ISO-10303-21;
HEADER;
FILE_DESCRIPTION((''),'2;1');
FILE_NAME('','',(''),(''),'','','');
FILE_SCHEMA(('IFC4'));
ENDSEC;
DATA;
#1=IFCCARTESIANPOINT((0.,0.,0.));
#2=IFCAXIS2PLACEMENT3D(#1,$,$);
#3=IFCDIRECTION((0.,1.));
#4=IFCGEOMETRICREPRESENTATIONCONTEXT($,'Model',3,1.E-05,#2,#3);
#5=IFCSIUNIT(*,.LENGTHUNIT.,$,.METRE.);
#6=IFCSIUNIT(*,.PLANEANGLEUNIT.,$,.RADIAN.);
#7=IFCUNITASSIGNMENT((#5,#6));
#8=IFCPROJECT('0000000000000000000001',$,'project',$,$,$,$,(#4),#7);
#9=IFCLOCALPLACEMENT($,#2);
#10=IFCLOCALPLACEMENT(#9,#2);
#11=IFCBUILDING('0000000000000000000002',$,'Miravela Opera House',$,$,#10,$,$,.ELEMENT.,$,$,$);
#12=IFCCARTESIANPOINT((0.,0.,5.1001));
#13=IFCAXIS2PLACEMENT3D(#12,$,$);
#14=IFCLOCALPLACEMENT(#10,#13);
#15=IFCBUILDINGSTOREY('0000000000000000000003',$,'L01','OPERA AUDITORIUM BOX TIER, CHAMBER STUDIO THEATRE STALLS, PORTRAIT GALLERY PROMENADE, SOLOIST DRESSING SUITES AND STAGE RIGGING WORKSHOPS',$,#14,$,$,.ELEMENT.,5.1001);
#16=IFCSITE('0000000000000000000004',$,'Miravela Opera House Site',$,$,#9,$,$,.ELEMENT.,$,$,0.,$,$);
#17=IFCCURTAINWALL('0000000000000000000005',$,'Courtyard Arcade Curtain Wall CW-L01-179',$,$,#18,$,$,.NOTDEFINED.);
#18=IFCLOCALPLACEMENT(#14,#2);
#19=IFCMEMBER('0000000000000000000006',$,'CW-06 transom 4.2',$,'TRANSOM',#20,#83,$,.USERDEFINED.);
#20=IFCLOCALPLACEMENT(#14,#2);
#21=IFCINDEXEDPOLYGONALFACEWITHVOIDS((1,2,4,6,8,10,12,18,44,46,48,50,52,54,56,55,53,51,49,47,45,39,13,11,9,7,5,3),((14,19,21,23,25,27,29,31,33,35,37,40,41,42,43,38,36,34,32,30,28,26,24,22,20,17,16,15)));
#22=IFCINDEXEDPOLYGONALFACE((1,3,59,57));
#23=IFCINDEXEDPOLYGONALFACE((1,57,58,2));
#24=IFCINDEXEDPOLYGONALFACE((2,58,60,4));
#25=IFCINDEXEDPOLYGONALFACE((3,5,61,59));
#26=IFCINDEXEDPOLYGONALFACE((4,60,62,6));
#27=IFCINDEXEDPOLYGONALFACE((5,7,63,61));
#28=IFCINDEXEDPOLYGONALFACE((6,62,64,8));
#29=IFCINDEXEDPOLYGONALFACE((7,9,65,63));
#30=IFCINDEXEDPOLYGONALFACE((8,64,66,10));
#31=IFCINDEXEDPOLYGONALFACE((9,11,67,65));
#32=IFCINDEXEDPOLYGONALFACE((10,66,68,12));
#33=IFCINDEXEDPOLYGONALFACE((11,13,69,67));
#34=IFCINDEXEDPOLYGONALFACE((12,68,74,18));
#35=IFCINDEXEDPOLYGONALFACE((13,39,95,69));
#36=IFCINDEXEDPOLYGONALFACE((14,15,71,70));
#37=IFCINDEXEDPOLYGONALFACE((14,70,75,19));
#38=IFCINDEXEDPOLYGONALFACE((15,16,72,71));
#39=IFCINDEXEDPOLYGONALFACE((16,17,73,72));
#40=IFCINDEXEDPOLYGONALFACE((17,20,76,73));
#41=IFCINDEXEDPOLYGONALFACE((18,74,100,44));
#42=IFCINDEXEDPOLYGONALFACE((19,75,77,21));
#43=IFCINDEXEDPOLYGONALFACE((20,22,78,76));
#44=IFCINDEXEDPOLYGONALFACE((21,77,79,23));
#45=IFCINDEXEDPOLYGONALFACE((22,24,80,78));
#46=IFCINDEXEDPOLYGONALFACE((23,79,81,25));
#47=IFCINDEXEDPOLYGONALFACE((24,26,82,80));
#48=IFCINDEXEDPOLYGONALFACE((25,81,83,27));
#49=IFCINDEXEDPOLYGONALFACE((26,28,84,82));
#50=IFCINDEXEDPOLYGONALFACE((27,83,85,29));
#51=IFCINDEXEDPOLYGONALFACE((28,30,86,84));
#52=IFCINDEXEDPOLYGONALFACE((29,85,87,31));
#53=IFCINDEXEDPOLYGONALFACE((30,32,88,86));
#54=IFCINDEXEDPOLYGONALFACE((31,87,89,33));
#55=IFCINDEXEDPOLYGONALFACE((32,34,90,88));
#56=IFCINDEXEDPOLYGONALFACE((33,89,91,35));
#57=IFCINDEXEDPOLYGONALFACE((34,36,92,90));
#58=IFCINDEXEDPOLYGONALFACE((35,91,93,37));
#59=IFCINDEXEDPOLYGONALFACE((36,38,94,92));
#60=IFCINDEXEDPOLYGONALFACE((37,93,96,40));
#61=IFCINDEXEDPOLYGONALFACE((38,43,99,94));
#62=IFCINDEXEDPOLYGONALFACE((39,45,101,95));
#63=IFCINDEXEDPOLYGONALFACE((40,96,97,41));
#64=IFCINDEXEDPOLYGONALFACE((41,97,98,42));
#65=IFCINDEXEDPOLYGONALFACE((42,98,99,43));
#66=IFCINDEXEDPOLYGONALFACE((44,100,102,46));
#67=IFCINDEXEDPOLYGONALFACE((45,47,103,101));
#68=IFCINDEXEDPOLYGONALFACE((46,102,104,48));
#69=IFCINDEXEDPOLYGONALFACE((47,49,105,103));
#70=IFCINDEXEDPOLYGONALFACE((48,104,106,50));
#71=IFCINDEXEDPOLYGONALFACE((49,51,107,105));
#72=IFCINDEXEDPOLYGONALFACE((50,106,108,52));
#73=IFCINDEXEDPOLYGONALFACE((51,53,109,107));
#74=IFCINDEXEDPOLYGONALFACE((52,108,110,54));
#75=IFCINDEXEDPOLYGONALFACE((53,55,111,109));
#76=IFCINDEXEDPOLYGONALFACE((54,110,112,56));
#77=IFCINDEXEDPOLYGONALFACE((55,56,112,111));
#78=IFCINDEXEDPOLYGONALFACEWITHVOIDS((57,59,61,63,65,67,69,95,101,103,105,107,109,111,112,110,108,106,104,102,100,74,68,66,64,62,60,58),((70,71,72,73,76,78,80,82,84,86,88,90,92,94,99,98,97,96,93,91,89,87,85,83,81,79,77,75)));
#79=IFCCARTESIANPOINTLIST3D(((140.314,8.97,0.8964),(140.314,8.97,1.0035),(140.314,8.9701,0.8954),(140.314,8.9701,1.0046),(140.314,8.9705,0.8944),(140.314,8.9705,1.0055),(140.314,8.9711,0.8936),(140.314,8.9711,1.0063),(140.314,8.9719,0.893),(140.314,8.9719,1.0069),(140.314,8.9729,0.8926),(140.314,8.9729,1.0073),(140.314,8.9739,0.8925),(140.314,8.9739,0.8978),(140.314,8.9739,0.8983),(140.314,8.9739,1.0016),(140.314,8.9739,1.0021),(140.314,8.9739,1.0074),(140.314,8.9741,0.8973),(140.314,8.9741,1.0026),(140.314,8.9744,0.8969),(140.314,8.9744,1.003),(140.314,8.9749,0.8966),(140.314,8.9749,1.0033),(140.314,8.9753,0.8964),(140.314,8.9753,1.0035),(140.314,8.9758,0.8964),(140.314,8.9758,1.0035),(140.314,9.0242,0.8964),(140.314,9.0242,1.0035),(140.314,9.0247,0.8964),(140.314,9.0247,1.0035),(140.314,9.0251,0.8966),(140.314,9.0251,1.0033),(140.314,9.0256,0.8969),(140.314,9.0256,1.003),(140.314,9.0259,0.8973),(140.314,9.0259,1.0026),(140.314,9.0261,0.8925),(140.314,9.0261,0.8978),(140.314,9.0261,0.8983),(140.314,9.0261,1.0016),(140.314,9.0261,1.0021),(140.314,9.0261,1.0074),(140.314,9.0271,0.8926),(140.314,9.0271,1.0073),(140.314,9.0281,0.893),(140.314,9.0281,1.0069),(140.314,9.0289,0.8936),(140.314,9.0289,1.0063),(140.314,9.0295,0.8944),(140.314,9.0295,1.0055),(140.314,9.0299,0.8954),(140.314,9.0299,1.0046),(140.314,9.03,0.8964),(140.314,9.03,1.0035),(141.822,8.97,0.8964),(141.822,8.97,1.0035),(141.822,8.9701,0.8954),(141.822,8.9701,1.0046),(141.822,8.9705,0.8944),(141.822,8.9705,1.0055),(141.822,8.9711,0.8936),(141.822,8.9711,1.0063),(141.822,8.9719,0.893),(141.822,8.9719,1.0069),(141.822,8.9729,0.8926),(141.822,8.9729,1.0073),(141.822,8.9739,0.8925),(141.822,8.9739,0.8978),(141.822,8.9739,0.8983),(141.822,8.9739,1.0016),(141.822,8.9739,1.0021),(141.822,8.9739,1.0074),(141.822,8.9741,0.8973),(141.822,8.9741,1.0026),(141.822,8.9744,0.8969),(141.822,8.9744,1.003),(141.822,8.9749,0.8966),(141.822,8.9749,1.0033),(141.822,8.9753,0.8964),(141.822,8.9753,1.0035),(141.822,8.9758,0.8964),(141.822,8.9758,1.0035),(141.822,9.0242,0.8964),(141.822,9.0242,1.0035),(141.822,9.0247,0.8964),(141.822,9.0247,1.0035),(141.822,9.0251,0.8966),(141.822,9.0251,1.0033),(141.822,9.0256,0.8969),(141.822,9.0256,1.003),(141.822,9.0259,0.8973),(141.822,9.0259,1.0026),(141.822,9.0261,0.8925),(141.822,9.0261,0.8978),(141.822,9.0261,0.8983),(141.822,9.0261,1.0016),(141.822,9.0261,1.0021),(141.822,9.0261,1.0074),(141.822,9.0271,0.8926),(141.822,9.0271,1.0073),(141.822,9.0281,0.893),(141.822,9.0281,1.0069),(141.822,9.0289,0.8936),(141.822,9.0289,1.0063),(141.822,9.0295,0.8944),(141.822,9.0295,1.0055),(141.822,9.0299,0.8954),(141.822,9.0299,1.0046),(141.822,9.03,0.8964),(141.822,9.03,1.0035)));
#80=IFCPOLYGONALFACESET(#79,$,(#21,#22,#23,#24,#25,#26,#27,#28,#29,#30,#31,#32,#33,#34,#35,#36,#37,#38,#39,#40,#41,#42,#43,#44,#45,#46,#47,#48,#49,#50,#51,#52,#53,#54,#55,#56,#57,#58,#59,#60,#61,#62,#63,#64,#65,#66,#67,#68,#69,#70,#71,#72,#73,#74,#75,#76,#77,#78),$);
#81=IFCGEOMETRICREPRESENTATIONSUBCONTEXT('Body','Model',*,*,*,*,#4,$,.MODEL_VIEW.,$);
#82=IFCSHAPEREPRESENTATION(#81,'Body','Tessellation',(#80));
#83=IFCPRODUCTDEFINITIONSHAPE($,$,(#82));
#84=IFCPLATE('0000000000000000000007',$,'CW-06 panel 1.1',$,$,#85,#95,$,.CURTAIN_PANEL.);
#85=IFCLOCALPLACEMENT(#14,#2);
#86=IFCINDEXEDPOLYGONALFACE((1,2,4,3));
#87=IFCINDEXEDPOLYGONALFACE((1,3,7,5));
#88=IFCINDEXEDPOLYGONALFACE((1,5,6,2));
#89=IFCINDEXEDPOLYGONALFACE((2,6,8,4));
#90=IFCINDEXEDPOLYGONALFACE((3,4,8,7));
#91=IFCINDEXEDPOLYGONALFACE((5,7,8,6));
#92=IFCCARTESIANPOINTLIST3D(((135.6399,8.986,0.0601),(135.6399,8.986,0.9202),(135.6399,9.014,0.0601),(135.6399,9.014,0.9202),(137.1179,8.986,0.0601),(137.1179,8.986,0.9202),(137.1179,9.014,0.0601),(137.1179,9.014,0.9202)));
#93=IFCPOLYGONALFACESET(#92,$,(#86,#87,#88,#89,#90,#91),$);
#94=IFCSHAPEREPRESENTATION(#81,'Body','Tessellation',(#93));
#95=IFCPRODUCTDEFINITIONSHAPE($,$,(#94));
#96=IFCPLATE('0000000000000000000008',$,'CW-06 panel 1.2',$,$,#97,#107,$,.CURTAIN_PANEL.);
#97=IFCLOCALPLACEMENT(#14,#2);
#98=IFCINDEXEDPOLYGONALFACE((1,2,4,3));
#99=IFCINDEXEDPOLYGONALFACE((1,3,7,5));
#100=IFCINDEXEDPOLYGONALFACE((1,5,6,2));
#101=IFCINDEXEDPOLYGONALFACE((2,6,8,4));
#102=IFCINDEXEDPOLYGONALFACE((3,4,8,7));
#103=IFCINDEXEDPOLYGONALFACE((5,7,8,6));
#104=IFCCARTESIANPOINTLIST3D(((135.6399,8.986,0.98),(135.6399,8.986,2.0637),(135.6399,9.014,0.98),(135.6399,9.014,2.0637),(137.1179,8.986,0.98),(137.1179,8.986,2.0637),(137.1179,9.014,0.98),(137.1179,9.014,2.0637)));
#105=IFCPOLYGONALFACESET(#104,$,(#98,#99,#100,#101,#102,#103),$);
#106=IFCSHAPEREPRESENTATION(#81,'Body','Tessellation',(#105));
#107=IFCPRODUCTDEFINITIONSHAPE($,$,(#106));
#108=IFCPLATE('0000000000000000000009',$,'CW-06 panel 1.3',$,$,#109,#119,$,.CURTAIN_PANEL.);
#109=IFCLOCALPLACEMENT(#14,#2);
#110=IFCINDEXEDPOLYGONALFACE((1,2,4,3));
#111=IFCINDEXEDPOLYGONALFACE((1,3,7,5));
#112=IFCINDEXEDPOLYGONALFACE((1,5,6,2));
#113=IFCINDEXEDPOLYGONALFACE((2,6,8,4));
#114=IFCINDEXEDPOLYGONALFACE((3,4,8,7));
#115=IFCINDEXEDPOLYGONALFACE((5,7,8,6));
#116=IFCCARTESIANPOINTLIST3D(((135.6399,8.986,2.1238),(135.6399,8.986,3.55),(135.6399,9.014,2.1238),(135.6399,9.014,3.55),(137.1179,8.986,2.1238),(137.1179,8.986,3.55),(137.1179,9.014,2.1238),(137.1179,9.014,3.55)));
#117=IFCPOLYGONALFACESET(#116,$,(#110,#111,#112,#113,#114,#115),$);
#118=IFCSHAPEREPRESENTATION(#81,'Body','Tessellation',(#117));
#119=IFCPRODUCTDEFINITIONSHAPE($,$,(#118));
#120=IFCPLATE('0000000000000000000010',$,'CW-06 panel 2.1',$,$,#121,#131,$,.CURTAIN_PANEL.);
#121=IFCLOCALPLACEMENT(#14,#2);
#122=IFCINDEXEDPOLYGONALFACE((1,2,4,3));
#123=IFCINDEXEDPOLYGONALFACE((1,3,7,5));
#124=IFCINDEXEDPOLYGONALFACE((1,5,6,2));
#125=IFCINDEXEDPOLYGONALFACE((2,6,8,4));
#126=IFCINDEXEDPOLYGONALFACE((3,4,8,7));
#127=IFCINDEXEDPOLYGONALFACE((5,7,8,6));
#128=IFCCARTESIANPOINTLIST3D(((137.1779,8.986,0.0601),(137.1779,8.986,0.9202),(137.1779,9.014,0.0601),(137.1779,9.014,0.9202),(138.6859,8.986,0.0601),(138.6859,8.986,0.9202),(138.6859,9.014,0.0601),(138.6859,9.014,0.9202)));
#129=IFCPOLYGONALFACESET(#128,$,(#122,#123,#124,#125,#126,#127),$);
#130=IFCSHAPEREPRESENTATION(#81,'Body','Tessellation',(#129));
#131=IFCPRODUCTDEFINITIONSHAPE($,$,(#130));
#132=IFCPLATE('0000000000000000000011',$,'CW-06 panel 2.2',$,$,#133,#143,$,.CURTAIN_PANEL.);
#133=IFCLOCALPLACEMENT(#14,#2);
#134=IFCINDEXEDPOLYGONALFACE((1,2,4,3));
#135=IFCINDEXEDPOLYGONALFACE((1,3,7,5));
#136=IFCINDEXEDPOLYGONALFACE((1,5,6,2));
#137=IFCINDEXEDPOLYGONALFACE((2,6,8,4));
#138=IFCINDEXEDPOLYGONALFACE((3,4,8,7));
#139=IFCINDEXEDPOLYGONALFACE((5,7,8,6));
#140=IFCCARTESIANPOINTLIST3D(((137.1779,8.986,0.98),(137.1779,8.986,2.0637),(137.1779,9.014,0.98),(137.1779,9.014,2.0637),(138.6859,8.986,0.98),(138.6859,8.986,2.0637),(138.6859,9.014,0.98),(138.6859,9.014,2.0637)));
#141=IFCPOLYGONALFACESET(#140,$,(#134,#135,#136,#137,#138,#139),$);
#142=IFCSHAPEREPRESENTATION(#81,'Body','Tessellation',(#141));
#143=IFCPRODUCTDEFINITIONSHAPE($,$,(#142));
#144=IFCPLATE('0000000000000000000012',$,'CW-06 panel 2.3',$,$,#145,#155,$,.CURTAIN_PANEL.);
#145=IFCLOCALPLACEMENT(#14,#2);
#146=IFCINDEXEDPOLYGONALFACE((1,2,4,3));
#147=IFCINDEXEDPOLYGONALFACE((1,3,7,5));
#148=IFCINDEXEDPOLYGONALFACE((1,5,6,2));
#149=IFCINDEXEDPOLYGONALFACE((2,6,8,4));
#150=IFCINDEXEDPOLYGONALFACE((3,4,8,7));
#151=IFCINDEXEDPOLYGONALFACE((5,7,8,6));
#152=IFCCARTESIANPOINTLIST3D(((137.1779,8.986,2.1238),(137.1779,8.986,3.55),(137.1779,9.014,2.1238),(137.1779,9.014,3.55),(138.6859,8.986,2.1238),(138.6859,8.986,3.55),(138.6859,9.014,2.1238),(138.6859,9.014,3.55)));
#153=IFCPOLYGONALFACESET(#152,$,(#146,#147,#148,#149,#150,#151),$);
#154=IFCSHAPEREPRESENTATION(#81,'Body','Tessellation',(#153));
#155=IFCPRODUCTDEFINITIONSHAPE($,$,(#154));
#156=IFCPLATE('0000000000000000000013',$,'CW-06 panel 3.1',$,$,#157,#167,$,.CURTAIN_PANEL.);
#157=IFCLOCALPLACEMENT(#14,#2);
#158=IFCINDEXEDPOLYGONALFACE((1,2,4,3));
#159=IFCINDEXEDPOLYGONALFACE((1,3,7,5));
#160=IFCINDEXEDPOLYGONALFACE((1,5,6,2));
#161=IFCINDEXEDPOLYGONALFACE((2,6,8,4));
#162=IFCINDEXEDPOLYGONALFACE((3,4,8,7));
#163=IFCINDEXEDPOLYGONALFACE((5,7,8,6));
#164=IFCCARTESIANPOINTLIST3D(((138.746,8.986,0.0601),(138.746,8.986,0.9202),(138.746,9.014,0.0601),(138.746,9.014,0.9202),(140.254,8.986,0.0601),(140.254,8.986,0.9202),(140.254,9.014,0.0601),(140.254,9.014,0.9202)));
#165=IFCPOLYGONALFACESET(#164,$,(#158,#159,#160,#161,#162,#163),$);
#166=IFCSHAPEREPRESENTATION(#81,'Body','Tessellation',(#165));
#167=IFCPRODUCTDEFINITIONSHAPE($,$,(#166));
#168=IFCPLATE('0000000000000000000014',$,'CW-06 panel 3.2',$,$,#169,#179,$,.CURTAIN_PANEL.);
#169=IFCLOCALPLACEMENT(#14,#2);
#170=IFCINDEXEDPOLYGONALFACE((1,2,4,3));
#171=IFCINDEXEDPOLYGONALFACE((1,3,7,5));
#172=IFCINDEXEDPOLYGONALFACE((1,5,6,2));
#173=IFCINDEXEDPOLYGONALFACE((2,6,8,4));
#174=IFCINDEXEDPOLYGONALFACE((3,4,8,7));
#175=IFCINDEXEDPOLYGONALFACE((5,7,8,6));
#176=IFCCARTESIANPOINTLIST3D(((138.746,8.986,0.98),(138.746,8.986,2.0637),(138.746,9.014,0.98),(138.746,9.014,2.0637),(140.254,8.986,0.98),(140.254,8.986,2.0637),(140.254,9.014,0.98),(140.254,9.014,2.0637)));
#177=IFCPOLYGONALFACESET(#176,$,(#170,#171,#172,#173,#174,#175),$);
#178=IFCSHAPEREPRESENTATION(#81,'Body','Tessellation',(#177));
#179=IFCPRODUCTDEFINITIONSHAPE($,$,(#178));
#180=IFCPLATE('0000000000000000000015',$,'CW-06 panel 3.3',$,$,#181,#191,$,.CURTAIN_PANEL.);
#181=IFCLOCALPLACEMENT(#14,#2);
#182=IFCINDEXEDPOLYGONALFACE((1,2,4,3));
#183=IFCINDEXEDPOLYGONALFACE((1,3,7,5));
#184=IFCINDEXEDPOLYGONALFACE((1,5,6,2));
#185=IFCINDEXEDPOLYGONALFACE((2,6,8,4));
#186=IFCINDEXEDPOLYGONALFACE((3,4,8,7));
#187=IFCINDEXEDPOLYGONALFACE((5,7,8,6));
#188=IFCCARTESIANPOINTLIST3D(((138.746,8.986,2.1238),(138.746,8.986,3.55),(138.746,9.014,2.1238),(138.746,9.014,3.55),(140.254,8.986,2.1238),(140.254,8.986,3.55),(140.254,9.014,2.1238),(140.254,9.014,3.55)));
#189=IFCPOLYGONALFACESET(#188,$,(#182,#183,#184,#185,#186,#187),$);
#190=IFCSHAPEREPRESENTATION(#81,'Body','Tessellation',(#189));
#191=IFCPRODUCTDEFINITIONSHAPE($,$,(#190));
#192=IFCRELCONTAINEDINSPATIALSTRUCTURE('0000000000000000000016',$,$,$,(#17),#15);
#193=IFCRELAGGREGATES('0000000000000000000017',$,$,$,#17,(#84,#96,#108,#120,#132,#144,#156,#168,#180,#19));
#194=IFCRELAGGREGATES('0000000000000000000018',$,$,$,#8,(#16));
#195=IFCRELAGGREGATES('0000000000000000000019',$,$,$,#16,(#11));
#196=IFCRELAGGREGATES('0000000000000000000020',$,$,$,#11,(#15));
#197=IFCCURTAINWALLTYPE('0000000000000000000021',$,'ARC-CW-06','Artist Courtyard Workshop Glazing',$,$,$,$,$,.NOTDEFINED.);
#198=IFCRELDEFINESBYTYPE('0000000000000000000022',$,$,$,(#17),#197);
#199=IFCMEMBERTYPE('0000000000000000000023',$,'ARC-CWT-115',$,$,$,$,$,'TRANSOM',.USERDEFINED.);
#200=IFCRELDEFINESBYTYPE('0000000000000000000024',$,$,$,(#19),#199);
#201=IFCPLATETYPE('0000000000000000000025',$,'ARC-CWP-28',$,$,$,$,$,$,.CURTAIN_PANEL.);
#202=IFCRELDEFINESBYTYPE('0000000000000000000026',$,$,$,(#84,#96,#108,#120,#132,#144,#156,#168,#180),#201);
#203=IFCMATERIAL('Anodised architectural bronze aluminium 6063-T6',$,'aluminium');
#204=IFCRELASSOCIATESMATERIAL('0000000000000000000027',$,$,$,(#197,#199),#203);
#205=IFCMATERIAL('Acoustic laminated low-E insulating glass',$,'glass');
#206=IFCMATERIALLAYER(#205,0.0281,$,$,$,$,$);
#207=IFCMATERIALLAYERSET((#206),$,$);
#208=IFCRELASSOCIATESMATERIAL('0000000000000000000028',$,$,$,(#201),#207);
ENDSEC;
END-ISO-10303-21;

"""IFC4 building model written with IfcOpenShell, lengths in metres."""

from ifc_helpers import new_model, si_unit, direction, frame, origin, origin_2d, place, context, subcontext, project, spatial, rectangle, hollow_rectangle, extrude, material, layer, layer_set, material_profile, profile_set, type_object, element, aggregate, save


model = new_model("IFC4")

# Units and contexts
model_context = context("Model", 3, precision=1e-05, world=origin(), true_north=direction((0.0, 1.0)))
body_context = subcontext(model_context, "Body", "Model", "MODEL_VIEW")
ifc_project = project(units=[si_unit("LENGTHUNIT", "METRE"), si_unit("PLANEANGLEUNIT", "RADIAN")], contexts=[model_context])

# Site, building, storey
site_placement = place(None, origin())
site = spatial("IfcSite", under=ifc_project, at=site_placement, Name="Miravela Opera House Site", CompositionType="ELEMENT", RefElevation=0.0)
building_placement = place(site_placement, origin())
building = spatial("IfcBuilding", under=site, at=building_placement, Name="Miravela Opera House", CompositionType="ELEMENT")
storey_placement = place(building_placement, frame((0.0, 0.0, 5.1001)))
storey = spatial("IfcBuildingStorey", under=building, at=storey_placement, Name="L01", Description="OPERA AUDITORIUM BOX TIER, CHAMBER STUDIO THEATRE STALLS, PORTRAIT GALLERY PROMENADE, SOLOIST DRESSING SUITES AND STAGE RIGGING WORKSHOPS", CompositionType="ELEMENT", Elevation=5.1001)

# Curtain wall, member, plates
ifc_material_1 = material(Name="Anodised architectural bronze aluminium 6063-T6", Category="aluminium")
curtain_wall_type = type_object("IfcCurtainWallType", Name="ARC-CW-06", Description="Artist Courtyard Workshop Glazing", PredefinedType="NOTDEFINED", material=ifc_material_1)
curtain_wall_placement = place(storey_placement, origin())
curtain_wall = element("IfcCurtainWall", 1, at=curtain_wall_placement, inside=storey, type_object=curtain_wall_type, Name="Courtyard Arcade Curtain Wall CW-L01-179", PredefinedType="NOTDEFINED")
ifc_material_profile_1 = material_profile(ifc_material_1, hollow_rectangle(XDim=0.0601, YDim=0.115, WallThickness=0.0039, InnerFilletRadius=0.002, OuterFilletRadius=0.0039, at=origin_2d()), Name="CWT-60X115")
ifc_profile_set_1 = profile_set([ifc_material_profile_1])
member_type_1 = type_object("IfcMemberType", Name="ARC-CWT-115", ElementType="TRANSOM", PredefinedType="USERDEFINED", material=ifc_profile_set_1)
member_1_placement = place(storey_placement, frame((140.314, 9.0, 0.95), z_axis=(1.0, 0.0, 0.0), x_axis=(0.0, 1.0, 0.0)))
member_1 = element("IfcMember", 2, at=member_1_placement, type_object=member_type_1, Name="CW-06 transom 4.2", ObjectType="TRANSOM", PredefinedType="USERDEFINED", context=body_context, shape_type="SweptSolid", body=[
    extrude(hollow_rectangle(XDim=0.0601, YDim=0.115, WallThickness=0.0039, InnerFilletRadius=0.002, OuterFilletRadius=0.0039, at=origin_2d()), origin(), (0.0, 0.0, 1.0), 1.5081),
])
ifc_material_2 = material(Name="Acoustic laminated low-E insulating glass", Category="glass")
ifc_layer = layer(ifc_material_2, 0.0281)
ifc_layer_set = layer_set([ifc_layer])
plate_type = type_object("IfcPlateType", Name="ARC-CWP-28", PredefinedType="CURTAIN_PANEL", material=ifc_layer_set)
plate_1_placement = place(storey_placement, frame((136.3789, 9.0, 0.0601), z_axis=(0.0, 0.0, 1.0), x_axis=(1.0, 0.0, 0.0)))
plate_1 = element("IfcPlate", 3, at=plate_1_placement, type_object=plate_type, Name="CW-06 panel 1.1", PredefinedType="CURTAIN_PANEL", context=body_context, shape_type="SweptSolid", body=[
    extrude(rectangle(XDim=1.478, YDim=0.0281, at=origin_2d()), origin(), (0.0, 0.0, 1.0), 0.8601),
])
plate_2_placement = place(storey_placement, frame((136.3789, 9.0, 0.98), z_axis=(0.0, 0.0, 1.0), x_axis=(1.0, 0.0, 0.0)))
plate_2 = element("IfcPlate", 4, at=plate_2_placement, type_object=plate_type, Name="CW-06 panel 1.2", PredefinedType="CURTAIN_PANEL", context=body_context, shape_type="SweptSolid", body=[
    extrude(rectangle(XDim=1.478, YDim=0.0281, at=origin_2d()), origin(), (0.0, 0.0, 1.0), 1.0837),
])
plate_3_placement = place(storey_placement, frame((136.3789, 9.0, 2.1238), z_axis=(0.0, 0.0, 1.0), x_axis=(1.0, 0.0, 0.0)))
plate_3 = element("IfcPlate", 5, at=plate_3_placement, type_object=plate_type, Name="CW-06 panel 1.3", PredefinedType="CURTAIN_PANEL", context=body_context, shape_type="SweptSolid", body=[
    extrude(rectangle(XDim=1.478, YDim=0.0281, at=origin_2d()), origin(), (0.0, 0.0, 1.0), 1.4263),
])
plate_4_placement = place(storey_placement, frame((137.9319, 9.0, 0.0601), z_axis=(0.0, 0.0, 1.0), x_axis=(1.0, 0.0, 0.0)))
plate_4 = element("IfcPlate", 6, at=plate_4_placement, type_object=plate_type, Name="CW-06 panel 2.1", PredefinedType="CURTAIN_PANEL", context=body_context, shape_type="SweptSolid", body=[
    extrude(rectangle(XDim=1.5081, YDim=0.0281, at=origin_2d()), origin(), (0.0, 0.0, 1.0), 0.8601),
])
plate_5_placement = place(storey_placement, frame((137.9319, 9.0, 0.98), z_axis=(0.0, 0.0, 1.0), x_axis=(1.0, 0.0, 0.0)))
plate_5 = element("IfcPlate", 7, at=plate_5_placement, type_object=plate_type, Name="CW-06 panel 2.2", PredefinedType="CURTAIN_PANEL", context=body_context, shape_type="SweptSolid", body=[
    extrude(rectangle(XDim=1.5081, YDim=0.0281, at=origin_2d()), origin(), (0.0, 0.0, 1.0), 1.0837),
])
plate_6_placement = place(storey_placement, frame((137.9319, 9.0, 2.1238), z_axis=(0.0, 0.0, 1.0), x_axis=(1.0, 0.0, 0.0)))
plate_6 = element("IfcPlate", 8, at=plate_6_placement, type_object=plate_type, Name="CW-06 panel 2.3", PredefinedType="CURTAIN_PANEL", context=body_context, shape_type="SweptSolid", body=[
    extrude(rectangle(XDim=1.5081, YDim=0.0281, at=origin_2d()), origin(), (0.0, 0.0, 1.0), 1.4263),
])
plate_7_placement = place(storey_placement, frame((139.5, 9.0, 0.0601), z_axis=(0.0, 0.0, 1.0), x_axis=(1.0, 0.0, 0.0)))
plate_7 = element("IfcPlate", 9, at=plate_7_placement, type_object=plate_type, Name="CW-06 panel 3.1", PredefinedType="CURTAIN_PANEL", context=body_context, shape_type="SweptSolid", body=[
    extrude(rectangle(XDim=1.5081, YDim=0.0281, at=origin_2d()), origin(), (0.0, 0.0, 1.0), 0.8601),
])
plate_8_placement = place(storey_placement, frame((139.5, 9.0, 0.98), z_axis=(0.0, 0.0, 1.0), x_axis=(1.0, 0.0, 0.0)))
plate_8 = element("IfcPlate", 10, at=plate_8_placement, type_object=plate_type, Name="CW-06 panel 3.2", PredefinedType="CURTAIN_PANEL", context=body_context, shape_type="SweptSolid", body=[
    extrude(rectangle(XDim=1.5081, YDim=0.0281, at=origin_2d()), origin(), (0.0, 0.0, 1.0), 1.0837),
])
plate_9_placement = place(storey_placement, frame((139.5, 9.0, 2.1238), z_axis=(0.0, 0.0, 1.0), x_axis=(1.0, 0.0, 0.0)))
plate_9 = element("IfcPlate", 11, at=plate_9_placement, type_object=plate_type, Name="CW-06 panel 3.3", PredefinedType="CURTAIN_PANEL", context=body_context, shape_type="SweptSolid", body=[
    extrude(rectangle(XDim=1.5081, YDim=0.0281, at=origin_2d()), origin(), (0.0, 0.0, 1.0), 1.4263),
])
aggregate(curtain_wall, [plate_1, plate_2, plate_3, plate_4, plate_5, plate_6, plate_7, plate_8, plate_9, member_1])

save(model, "model.ifc")
